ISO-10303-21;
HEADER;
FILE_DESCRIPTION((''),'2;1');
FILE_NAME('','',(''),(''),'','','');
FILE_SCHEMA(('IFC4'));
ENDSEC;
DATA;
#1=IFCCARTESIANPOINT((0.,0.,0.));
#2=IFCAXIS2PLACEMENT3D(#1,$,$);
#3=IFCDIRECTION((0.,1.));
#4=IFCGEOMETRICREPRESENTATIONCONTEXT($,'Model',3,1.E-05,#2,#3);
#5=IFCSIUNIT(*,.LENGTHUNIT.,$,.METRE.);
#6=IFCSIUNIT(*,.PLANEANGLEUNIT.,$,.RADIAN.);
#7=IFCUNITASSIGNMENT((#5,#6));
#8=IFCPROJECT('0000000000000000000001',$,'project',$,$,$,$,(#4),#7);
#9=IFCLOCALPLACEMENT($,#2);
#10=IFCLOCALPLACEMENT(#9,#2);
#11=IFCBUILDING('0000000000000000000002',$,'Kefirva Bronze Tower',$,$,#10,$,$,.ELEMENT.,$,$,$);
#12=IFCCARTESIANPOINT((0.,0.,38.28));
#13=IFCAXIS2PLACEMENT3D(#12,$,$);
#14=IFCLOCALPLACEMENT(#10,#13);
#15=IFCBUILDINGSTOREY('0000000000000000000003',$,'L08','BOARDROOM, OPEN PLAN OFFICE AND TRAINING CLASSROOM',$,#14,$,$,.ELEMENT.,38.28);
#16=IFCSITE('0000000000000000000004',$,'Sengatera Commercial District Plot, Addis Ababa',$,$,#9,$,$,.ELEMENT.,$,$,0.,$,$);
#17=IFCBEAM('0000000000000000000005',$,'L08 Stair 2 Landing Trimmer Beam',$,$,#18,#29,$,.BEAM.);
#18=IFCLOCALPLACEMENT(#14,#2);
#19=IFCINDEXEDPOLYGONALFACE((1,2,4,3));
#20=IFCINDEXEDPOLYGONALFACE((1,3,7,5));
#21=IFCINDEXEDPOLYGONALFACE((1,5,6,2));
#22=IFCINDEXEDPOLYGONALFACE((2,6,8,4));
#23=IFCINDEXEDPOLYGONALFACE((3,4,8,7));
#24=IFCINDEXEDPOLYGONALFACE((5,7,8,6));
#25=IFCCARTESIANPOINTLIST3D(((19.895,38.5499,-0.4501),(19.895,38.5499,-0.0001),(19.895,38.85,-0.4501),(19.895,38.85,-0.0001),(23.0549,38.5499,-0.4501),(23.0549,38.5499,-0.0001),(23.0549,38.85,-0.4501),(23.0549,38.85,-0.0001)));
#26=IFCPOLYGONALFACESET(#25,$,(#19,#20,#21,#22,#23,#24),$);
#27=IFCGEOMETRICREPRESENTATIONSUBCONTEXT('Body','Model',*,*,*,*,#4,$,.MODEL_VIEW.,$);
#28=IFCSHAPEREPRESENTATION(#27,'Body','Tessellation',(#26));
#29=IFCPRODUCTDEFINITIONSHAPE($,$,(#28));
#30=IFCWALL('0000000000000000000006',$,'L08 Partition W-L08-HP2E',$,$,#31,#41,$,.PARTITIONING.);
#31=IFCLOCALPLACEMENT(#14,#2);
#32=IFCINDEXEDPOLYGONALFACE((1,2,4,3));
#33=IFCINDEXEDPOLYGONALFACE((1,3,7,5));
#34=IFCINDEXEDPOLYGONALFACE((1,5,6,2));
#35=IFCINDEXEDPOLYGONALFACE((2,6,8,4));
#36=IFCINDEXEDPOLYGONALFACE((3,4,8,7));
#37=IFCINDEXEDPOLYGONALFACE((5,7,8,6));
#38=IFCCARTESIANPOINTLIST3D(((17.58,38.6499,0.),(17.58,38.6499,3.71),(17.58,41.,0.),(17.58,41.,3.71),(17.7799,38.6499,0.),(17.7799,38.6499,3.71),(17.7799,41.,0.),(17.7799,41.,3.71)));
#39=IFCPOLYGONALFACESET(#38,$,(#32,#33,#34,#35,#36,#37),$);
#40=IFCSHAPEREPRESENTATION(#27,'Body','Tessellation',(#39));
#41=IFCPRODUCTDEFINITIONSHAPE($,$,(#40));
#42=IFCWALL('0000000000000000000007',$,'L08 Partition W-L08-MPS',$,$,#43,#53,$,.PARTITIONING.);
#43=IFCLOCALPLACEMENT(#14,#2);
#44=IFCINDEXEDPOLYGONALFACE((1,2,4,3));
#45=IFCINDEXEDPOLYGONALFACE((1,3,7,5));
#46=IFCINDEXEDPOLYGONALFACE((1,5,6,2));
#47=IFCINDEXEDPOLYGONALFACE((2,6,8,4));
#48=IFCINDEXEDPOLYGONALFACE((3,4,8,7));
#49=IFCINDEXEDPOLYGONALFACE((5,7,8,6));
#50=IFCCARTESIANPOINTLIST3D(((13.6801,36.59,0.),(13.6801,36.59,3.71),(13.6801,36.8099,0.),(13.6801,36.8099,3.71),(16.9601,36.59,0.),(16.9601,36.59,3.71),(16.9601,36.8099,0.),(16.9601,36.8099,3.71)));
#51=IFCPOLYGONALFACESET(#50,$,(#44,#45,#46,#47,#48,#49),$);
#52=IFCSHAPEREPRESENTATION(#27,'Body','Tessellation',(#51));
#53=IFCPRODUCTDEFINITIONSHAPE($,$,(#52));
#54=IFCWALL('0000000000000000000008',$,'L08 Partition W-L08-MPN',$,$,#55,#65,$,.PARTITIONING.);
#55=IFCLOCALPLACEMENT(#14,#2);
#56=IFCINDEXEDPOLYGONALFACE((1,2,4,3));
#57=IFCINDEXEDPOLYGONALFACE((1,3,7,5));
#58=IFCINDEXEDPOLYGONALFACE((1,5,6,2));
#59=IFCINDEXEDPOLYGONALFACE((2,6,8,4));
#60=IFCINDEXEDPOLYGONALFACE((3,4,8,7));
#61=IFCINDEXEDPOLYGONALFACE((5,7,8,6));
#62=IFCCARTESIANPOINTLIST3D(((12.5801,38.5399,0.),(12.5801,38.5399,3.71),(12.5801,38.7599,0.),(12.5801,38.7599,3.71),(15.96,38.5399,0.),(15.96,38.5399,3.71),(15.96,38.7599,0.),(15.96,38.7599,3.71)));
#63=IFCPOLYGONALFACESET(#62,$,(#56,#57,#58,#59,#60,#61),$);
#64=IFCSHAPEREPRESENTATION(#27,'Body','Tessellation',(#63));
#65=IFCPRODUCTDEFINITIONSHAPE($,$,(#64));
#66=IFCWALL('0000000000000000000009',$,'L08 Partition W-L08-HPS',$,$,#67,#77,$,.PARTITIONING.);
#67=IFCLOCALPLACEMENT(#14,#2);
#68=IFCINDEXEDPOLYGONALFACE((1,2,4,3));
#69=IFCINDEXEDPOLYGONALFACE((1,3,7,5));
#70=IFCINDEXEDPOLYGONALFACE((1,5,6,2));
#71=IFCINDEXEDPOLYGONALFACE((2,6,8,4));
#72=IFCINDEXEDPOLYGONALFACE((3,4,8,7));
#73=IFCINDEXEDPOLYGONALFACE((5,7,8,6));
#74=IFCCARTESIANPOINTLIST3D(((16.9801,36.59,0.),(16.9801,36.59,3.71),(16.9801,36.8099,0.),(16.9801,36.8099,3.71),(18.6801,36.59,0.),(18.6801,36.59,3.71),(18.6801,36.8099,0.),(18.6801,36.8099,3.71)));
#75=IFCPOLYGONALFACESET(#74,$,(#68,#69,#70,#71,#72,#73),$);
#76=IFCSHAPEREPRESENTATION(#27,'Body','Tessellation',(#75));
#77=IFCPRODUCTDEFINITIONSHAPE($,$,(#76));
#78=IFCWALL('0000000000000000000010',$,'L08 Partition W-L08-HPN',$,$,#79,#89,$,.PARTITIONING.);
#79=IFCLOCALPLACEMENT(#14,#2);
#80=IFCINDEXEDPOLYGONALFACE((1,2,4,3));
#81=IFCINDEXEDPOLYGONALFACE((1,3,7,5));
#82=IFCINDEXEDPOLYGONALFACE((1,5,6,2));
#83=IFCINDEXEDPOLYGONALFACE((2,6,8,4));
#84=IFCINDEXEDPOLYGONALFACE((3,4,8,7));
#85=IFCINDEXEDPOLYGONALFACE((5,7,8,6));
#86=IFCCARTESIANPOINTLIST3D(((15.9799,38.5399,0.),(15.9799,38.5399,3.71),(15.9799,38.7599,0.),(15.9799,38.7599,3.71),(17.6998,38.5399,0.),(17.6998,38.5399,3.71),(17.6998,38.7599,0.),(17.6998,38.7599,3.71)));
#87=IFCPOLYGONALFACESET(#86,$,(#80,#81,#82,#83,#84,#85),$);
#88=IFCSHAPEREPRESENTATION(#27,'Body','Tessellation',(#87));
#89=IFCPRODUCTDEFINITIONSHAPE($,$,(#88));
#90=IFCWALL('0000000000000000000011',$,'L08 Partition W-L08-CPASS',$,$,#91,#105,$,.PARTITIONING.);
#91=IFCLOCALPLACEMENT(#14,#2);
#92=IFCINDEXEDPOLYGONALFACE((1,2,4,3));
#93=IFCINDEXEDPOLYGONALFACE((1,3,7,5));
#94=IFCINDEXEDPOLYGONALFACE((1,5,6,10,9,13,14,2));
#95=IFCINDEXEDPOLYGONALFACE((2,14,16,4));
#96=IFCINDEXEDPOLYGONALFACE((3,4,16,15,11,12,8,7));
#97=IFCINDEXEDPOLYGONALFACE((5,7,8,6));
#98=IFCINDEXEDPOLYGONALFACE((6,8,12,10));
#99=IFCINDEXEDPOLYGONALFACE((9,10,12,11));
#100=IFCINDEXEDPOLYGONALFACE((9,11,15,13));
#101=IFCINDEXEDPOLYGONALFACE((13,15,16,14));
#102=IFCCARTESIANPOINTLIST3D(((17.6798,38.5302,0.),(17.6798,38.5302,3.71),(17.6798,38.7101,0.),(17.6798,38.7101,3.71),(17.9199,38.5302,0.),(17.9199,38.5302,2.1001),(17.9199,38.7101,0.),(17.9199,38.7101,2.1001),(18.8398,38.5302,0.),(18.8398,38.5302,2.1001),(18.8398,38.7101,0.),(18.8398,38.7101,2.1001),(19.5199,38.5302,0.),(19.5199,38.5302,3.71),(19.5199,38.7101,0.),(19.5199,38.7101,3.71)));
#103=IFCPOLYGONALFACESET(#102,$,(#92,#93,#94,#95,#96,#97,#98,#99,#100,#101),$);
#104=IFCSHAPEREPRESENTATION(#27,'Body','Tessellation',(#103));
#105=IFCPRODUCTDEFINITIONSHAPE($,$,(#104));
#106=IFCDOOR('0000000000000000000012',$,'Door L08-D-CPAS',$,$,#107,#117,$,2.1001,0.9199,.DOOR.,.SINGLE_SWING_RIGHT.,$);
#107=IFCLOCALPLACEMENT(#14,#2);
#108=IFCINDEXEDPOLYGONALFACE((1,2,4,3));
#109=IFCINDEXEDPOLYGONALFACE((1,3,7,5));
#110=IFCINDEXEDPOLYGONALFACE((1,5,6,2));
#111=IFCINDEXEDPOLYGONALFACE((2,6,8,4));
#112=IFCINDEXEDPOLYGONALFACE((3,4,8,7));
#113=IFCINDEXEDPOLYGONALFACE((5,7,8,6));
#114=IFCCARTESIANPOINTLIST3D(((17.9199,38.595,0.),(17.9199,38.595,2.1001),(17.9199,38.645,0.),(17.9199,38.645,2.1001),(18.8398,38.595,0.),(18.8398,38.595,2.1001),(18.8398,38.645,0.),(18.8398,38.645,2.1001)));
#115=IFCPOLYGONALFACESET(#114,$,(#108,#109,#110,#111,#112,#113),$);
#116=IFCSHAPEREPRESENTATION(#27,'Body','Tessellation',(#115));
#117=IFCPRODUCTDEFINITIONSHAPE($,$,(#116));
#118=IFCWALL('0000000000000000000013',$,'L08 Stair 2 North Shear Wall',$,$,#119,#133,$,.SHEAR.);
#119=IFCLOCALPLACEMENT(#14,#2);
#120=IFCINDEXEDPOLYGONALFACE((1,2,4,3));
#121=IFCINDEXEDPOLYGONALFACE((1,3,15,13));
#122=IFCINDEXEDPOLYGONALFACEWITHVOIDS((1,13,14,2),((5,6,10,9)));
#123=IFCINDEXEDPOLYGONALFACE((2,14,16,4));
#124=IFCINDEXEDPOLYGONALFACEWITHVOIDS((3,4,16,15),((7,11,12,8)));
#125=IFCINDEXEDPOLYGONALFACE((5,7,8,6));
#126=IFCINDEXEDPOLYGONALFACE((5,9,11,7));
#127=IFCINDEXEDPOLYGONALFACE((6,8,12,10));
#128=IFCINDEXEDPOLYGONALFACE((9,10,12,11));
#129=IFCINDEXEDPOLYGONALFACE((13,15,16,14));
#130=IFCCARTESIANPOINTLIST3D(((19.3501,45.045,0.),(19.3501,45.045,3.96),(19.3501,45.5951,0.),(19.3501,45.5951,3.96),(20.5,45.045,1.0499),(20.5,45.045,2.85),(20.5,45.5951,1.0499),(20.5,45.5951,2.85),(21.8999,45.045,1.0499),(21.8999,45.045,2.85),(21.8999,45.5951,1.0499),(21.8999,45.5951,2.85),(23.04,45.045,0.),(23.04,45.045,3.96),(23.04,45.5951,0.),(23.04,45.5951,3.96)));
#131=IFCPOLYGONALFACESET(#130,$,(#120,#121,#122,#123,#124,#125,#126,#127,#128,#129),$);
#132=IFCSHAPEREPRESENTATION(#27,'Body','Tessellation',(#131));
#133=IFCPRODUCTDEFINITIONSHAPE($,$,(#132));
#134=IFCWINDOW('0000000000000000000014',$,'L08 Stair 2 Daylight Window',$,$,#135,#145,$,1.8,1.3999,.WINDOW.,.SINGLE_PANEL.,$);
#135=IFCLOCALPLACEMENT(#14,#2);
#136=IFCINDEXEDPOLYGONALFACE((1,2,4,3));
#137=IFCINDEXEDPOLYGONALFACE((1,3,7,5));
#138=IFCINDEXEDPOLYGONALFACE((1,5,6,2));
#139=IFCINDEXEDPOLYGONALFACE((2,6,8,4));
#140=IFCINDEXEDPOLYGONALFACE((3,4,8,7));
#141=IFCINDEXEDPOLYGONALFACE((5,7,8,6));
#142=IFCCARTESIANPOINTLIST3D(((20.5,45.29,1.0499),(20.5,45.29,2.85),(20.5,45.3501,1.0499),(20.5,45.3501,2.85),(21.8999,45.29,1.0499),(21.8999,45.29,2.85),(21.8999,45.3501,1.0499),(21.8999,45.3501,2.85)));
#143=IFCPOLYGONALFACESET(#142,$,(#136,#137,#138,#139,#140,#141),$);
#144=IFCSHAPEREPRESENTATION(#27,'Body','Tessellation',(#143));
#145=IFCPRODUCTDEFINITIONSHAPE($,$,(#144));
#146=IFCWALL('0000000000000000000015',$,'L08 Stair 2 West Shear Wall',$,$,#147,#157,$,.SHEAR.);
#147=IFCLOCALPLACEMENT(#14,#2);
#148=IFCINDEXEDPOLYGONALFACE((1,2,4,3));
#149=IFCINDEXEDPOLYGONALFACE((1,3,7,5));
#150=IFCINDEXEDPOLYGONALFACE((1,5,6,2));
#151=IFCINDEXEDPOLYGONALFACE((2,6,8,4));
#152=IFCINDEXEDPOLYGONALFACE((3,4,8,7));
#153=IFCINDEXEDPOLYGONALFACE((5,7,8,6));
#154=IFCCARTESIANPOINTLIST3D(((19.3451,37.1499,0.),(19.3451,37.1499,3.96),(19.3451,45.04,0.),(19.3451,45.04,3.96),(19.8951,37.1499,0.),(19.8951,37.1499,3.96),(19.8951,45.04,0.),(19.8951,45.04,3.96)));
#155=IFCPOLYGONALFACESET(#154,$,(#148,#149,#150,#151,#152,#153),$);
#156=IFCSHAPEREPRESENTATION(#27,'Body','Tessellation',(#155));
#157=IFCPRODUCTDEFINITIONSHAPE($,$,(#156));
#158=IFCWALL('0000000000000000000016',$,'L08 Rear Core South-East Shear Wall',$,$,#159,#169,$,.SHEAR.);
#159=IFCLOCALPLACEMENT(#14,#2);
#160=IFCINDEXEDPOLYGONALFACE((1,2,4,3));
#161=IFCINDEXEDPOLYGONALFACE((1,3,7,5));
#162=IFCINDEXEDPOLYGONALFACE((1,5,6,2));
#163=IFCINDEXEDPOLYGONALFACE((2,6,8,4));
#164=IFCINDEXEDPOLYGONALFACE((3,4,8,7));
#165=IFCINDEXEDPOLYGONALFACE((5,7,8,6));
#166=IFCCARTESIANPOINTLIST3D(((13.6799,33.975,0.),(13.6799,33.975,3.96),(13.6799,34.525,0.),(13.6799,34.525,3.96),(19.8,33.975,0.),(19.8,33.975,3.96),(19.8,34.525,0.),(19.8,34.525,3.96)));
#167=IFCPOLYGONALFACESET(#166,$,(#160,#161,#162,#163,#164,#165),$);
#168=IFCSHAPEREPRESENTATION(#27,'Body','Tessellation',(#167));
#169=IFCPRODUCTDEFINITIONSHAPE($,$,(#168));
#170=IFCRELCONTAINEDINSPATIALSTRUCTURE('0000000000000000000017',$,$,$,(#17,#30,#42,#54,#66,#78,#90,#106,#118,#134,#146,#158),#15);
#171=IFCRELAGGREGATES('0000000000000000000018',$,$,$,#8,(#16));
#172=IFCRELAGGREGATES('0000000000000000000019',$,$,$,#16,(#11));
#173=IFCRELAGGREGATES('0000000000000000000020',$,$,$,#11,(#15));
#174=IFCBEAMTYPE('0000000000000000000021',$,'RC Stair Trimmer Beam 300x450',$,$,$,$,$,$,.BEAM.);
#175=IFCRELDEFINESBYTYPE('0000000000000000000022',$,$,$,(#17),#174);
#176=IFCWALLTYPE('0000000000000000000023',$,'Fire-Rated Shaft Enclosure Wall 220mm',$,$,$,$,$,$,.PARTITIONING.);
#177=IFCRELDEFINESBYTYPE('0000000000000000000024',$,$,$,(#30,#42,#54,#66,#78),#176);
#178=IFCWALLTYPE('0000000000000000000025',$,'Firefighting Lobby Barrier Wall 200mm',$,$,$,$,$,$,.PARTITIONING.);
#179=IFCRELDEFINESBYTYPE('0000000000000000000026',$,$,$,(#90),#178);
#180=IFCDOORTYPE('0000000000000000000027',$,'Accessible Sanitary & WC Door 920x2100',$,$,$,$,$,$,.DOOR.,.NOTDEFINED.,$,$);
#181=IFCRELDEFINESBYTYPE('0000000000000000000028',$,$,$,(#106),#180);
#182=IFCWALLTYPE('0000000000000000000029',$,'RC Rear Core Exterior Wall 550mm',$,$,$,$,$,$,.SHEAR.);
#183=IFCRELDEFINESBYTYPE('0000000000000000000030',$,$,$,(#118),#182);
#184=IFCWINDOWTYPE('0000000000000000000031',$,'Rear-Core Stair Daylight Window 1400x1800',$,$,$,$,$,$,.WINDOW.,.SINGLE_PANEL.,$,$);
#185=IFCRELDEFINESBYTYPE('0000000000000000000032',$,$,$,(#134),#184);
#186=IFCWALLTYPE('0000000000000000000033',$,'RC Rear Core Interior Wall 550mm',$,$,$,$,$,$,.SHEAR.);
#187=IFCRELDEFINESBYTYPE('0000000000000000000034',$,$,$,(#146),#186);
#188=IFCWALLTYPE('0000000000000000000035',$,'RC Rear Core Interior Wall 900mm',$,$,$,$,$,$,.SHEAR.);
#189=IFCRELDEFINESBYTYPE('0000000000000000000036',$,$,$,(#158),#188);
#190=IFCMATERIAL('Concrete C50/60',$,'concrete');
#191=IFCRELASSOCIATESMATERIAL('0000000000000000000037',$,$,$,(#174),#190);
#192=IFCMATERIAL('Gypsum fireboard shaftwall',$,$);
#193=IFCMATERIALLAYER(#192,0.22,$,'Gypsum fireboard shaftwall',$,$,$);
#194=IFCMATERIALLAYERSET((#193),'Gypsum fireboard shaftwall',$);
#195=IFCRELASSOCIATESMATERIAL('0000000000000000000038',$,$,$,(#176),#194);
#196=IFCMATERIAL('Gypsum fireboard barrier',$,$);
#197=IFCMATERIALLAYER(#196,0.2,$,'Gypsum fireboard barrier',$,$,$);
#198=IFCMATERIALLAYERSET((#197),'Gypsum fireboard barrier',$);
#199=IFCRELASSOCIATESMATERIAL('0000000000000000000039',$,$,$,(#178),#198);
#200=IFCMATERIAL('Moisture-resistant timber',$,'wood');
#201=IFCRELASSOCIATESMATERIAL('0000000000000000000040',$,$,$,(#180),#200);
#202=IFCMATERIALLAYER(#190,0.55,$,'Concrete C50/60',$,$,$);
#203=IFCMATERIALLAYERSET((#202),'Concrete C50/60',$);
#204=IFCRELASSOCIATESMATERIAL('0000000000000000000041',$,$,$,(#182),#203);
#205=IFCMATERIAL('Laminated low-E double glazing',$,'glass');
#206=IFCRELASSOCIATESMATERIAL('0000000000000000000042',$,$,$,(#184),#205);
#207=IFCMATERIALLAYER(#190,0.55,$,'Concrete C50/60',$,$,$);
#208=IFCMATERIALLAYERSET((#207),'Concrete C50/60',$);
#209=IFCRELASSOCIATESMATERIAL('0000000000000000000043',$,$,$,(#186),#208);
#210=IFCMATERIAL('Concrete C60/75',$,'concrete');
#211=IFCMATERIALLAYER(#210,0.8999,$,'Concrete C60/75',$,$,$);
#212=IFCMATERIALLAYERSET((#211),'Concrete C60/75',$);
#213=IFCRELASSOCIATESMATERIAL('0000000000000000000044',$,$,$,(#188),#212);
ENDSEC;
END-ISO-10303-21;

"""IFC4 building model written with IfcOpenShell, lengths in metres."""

from ifc_helpers import new_model, si_unit, direction, frame, frame_2d, origin, origin_2d, place, context, subcontext, project, spatial, rectangle, extrude, material, layer, layer_set, material_profile, profile_set, type_object, element, fill, save


model = new_model("IFC4")

# Units and contexts
model_context = context("Model", 3, precision=1e-05, world=origin(), true_north=direction((0.0, 1.0)))
body_context = subcontext(model_context, "Body", "Model", "MODEL_VIEW")
ifc_project = project(units=[si_unit("LENGTHUNIT", "METRE"), si_unit("PLANEANGLEUNIT", "RADIAN")], contexts=[model_context])

# Site, building, storey
site_placement = place(None, origin())
site = spatial("IfcSite", under=ifc_project, at=site_placement, Name="Sengatera Commercial District Plot, Addis Ababa", CompositionType="ELEMENT", RefElevation=0.0)
building_placement = place(site_placement, origin())
building = spatial("IfcBuilding", under=site, at=building_placement, Name="Kefirva Bronze Tower", CompositionType="ELEMENT")
storey_placement = place(building_placement, frame((0.0, 0.0, 38.28)))
storey = spatial("IfcBuildingStorey", under=building, at=storey_placement, Name="L08", Description="BOARDROOM, OPEN PLAN OFFICE AND TRAINING CLASSROOM", CompositionType="ELEMENT", Elevation=38.28)

# Beam
ifc_material_1 = material(Name="Concrete C50/60", Category="concrete")
ifc_material_profile = material_profile(ifc_material_1, rectangle(XDim=0.3, YDim=0.45, at=origin_2d()), Name="RC 300x450")
ifc_profile_set = profile_set([ifc_material_profile], Name="Concrete C50/60")
beam_type = type_object("IfcBeamType", Name="RC Stair Trimmer Beam 300x450", PredefinedType="BEAM", material=ifc_profile_set)
beam_placement = place(storey_placement, frame((19.895, 38.7, -0.2251), z_axis=(1.0, 0.0, 0.0), x_axis=(0.0, 1.0, 0.0)))
element("IfcBeam", 1, at=beam_placement, inside=storey, type_object=beam_type, Name="L08 Stair 2 Landing Trimmer Beam", PredefinedType="BEAM", context=body_context, shape_type="SweptSolid", body=[
    extrude(rectangle(XDim=0.3, YDim=0.45, at=origin_2d()), origin(), (0.0, 0.0, 1.0), 3.1599),
])

# Shared definitions
ifc_material_2 = material(Name="Gypsum fireboard shaftwall")
ifc_layer_1 = layer(ifc_material_2, 0.22, Name="Gypsum fireboard shaftwall")
ifc_layer_set_1 = layer_set([ifc_layer_1], Name="Gypsum fireboard shaftwall")
wall_type_1 = type_object("IfcWallType", Name="Fire-Rated Shaft Enclosure Wall 220mm", PredefinedType="PARTITIONING", material=ifc_layer_set_1)

# Walls
wall_1_placement = place(storey_placement, frame((17.6799, 38.6499, 0.0), z_axis=(0.0, 0.0, 1.0), x_axis=(0.0, 1.0, 0.0)))
element("IfcWall", 2, at=wall_1_placement, inside=storey, type_object=wall_type_1, Name="L08 Partition W-L08-HP2E", PredefinedType="PARTITIONING", context=body_context, shape_type="SweptSolid", body=[
    extrude(rectangle(XDim=2.3501, YDim=0.2, at=frame_2d((1.175, 0.0))), origin(), (0.0, 0.0, 1.0), 3.71),
])
wall_2_placement = place(storey_placement, frame((13.6799, 36.7, 0.0), z_axis=(0.0, 0.0, 1.0), x_axis=(1.0, 0.0, 0.0)))
element("IfcWall", 3, at=wall_2_placement, inside=storey, type_object=wall_type_1, Name="L08 Partition W-L08-MPS", PredefinedType="PARTITIONING", context=body_context, shape_type="SweptSolid", body=[
    extrude(rectangle(XDim=3.28, YDim=0.22, at=frame_2d((1.6401, 0.0))), origin(), (0.0, 0.0, 1.0), 3.71),
])
wall_3_placement = place(storey_placement, frame((12.5801, 38.6499, 0.0), z_axis=(0.0, 0.0, 1.0), x_axis=(1.0, 0.0, 0.0)))
element("IfcWall", 4, at=wall_3_placement, inside=storey, type_object=wall_type_1, Name="L08 Partition W-L08-MPN", PredefinedType="PARTITIONING", context=body_context, shape_type="SweptSolid", body=[
    extrude(rectangle(XDim=3.3799, YDim=0.22, at=frame_2d((1.6899, 0.0))), origin(), (0.0, 0.0, 1.0), 3.71),
])
wall_4_placement = place(storey_placement, frame((16.98, 36.7, 0.0), z_axis=(0.0, 0.0, 1.0), x_axis=(1.0, 0.0, 0.0)))
element("IfcWall", 5, at=wall_4_placement, inside=storey, type_object=wall_type_1, Name="L08 Partition W-L08-HPS", PredefinedType="PARTITIONING", context=body_context, shape_type="SweptSolid", body=[
    extrude(rectangle(XDim=1.7, YDim=0.22, at=frame_2d((0.8501, 0.0))), origin(), (0.0, 0.0, 1.0), 3.71),
])
wall_5_placement = place(storey_placement, frame((15.98, 38.6499, 0.0), z_axis=(0.0, 0.0, 1.0), x_axis=(1.0, 0.0, 0.0)))
element("IfcWall", 6, at=wall_5_placement, inside=storey, type_object=wall_type_1, Name="L08 Partition W-L08-HPN", PredefinedType="PARTITIONING", context=body_context, shape_type="SweptSolid", body=[
    extrude(rectangle(XDim=1.72, YDim=0.22, at=frame_2d((0.8599, 0.0))), origin(), (0.0, 0.0, 1.0), 3.71),
])

# Wall, opening, door
ifc_material_3 = material(Name="Gypsum fireboard barrier")
ifc_layer_2 = layer(ifc_material_3, 0.2, Name="Gypsum fireboard barrier")
ifc_layer_set_2 = layer_set([ifc_layer_2], Name="Gypsum fireboard barrier")
wall_type_2 = type_object("IfcWallType", Name="Firefighting Lobby Barrier Wall 200mm", PredefinedType="PARTITIONING", material=ifc_layer_set_2)
wall_6_placement = place(storey_placement, frame((17.6799, 38.6201, 0.0), z_axis=(0.0, 0.0, 1.0), x_axis=(1.0, 0.0, 0.0)))
wall_6 = element("IfcWall", 7, at=wall_6_placement, inside=storey, type_object=wall_type_2, Name="L08 Partition W-L08-CPASS", PredefinedType="PARTITIONING", context=body_context, shape_type="SweptSolid", body=[
    extrude(rectangle(XDim=1.8401, YDim=0.1799, at=frame_2d((0.9199, 0.0))), origin(), (0.0, 0.0, 1.0), 3.71),
])
opening_1_placement = place(wall_6_placement, frame((0.24, 0.0, 0.0)))
opening_1 = element("IfcOpeningElement", 8, at=opening_1_placement, cuts=wall_6, PredefinedType="OPENING", context=body_context, shape_type="SweptSolid", body=[
    extrude(rectangle(XDim=0.9199, YDim=2.1001, at=frame_2d((0.46, 1.05))), frame((0.0, 0.1001, 0.0), z_axis=(0.0, -1.0, 0.0), x_axis=(1.0, 0.0, 0.0)), (0.0, 0.0, 1.0), 0.2),
])
ifc_material_4 = material(Name="Moisture-resistant timber", Category="wood")
door_type_1 = type_object("IfcDoorType", Name="Accessible Sanitary & WC Door 920x2100", OperationType="NOTDEFINED", PredefinedType="DOOR", material=ifc_material_4)
door_1_placement = place(opening_1_placement, origin())
door_1 = element("IfcDoor", 9, at=door_1_placement, inside=storey, type_object=door_type_1, Name="Door L08-D-CPAS", OperationType="SINGLE_SWING_RIGHT", OverallHeight=2.1001, OverallWidth=0.9199, PredefinedType="DOOR", context=body_context, shape_type="SweptSolid", body=[
    extrude(rectangle(XDim=0.9199, YDim=2.1001, at=frame_2d((0.46, 1.05))), frame((0.0, 0.0249, 0.0), z_axis=(0.0, -1.0, 0.0), x_axis=(1.0, 0.0, 0.0)), (0.0, 0.0, 1.0), 0.05),
])
fill(opening_1, door_1)

# Wall, opening, window
ifc_layer_3 = layer(ifc_material_1, 0.55, Name="Concrete C50/60")
ifc_layer_set_3 = layer_set([ifc_layer_3], Name="Concrete C50/60")
wall_type_3 = type_object("IfcWallType", Name="RC Rear Core Exterior Wall 550mm", PredefinedType="SHEAR", material=ifc_layer_set_3)
wall_7_placement = place(storey_placement, frame((19.3501, 45.3201, 0.0), z_axis=(0.0, 0.0, 1.0), x_axis=(1.0, 0.0, 0.0)))
wall_7 = element("IfcWall", 10, at=wall_7_placement, inside=storey, type_object=wall_type_3, Name="L08 Stair 2 North Shear Wall", PredefinedType="SHEAR", context=body_context, shape_type="SweptSolid", body=[
    extrude(rectangle(XDim=3.6899, YDim=0.55, at=frame_2d((1.845, 0.0))), origin(), (0.0, 0.0, 1.0), 3.96),
])
opening_2_placement = place(wall_7_placement, frame((1.1499, 0.0, 1.05)))
opening_2 = element("IfcOpeningElement", 11, at=opening_2_placement, cuts=wall_7, PredefinedType="OPENING", context=body_context, shape_type="SweptSolid", body=[
    extrude(rectangle(XDim=1.3999, YDim=1.8, at=frame_2d((0.7, 0.8999))), frame((0.0, 0.2852, 0.0), z_axis=(0.0, -1.0, 0.0), x_axis=(1.0, 0.0, 0.0)), (0.0, 0.0, 1.0), 0.5701),
])
ifc_material_5 = material(Name="Laminated low-E double glazing", Category="glass")
window_type = type_object("IfcWindowType", Name="Rear-Core Stair Daylight Window 1400x1800", PartitioningType="SINGLE_PANEL", PredefinedType="WINDOW", material=ifc_material_5)
window_placement = place(opening_2_placement, origin())
window = element("IfcWindow", 12, at=window_placement, inside=storey, type_object=window_type, Name="L08 Stair 2 Daylight Window", OverallHeight=1.8, OverallWidth=1.3999, PartitioningType="SINGLE_PANEL", PredefinedType="WINDOW", context=body_context, shape_type="SweptSolid", body=[
    extrude(rectangle(XDim=1.3999, YDim=1.8, at=frame_2d((0.7, 0.8999))), frame((0.0, 0.03, 0.0), z_axis=(0.0, -1.0, 0.0), x_axis=(1.0, 0.0, 0.0)), (0.0, 0.0, 1.0), 0.0601),
])
fill(opening_2, window)

# Walls
ifc_layer_4 = layer(ifc_material_1, 0.55, Name="Concrete C50/60")
ifc_layer_set_4 = layer_set([ifc_layer_4], Name="Concrete C50/60")
wall_type_4 = type_object("IfcWallType", Name="RC Rear Core Interior Wall 550mm", PredefinedType="SHEAR", material=ifc_layer_set_4)
wall_8_placement = place(storey_placement, frame((19.6201, 37.1499, 0.0), z_axis=(0.0, 0.0, 1.0), x_axis=(0.0, 1.0, 0.0)))
element("IfcWall", 13, at=wall_8_placement, inside=storey, type_object=wall_type_4, Name="L08 Stair 2 West Shear Wall", PredefinedType="SHEAR", context=body_context, shape_type="SweptSolid", body=[
    extrude(rectangle(XDim=7.8901, YDim=0.55, at=frame_2d((3.9451, 0.0))), origin(), (0.0, 0.0, 1.0), 3.96),
])
ifc_material_6 = material(Name="Concrete C60/75", Category="concrete")
ifc_layer_5 = layer(ifc_material_6, 0.8999, Name="Concrete C60/75")
ifc_layer_set_5 = layer_set([ifc_layer_5], Name="Concrete C60/75")
wall_type_5 = type_object("IfcWallType", Name="RC Rear Core Interior Wall 900mm", PredefinedType="SHEAR", material=ifc_layer_set_5)
wall_9_placement = place(storey_placement, frame((13.6799, 34.25, 0.0), z_axis=(0.0, 0.0, 1.0), x_axis=(1.0, 0.0, 0.0)))
element("IfcWall", 14, at=wall_9_placement, inside=storey, type_object=wall_type_5, Name="L08 Rear Core South-East Shear Wall", PredefinedType="SHEAR", context=body_context, shape_type="SweptSolid", body=[
    extrude(rectangle(XDim=6.1201, YDim=0.55, at=frame_2d((3.0601, 0.0))), origin(), (0.0, 0.0, 1.0), 3.96),
])

save(model, "model.ifc")
